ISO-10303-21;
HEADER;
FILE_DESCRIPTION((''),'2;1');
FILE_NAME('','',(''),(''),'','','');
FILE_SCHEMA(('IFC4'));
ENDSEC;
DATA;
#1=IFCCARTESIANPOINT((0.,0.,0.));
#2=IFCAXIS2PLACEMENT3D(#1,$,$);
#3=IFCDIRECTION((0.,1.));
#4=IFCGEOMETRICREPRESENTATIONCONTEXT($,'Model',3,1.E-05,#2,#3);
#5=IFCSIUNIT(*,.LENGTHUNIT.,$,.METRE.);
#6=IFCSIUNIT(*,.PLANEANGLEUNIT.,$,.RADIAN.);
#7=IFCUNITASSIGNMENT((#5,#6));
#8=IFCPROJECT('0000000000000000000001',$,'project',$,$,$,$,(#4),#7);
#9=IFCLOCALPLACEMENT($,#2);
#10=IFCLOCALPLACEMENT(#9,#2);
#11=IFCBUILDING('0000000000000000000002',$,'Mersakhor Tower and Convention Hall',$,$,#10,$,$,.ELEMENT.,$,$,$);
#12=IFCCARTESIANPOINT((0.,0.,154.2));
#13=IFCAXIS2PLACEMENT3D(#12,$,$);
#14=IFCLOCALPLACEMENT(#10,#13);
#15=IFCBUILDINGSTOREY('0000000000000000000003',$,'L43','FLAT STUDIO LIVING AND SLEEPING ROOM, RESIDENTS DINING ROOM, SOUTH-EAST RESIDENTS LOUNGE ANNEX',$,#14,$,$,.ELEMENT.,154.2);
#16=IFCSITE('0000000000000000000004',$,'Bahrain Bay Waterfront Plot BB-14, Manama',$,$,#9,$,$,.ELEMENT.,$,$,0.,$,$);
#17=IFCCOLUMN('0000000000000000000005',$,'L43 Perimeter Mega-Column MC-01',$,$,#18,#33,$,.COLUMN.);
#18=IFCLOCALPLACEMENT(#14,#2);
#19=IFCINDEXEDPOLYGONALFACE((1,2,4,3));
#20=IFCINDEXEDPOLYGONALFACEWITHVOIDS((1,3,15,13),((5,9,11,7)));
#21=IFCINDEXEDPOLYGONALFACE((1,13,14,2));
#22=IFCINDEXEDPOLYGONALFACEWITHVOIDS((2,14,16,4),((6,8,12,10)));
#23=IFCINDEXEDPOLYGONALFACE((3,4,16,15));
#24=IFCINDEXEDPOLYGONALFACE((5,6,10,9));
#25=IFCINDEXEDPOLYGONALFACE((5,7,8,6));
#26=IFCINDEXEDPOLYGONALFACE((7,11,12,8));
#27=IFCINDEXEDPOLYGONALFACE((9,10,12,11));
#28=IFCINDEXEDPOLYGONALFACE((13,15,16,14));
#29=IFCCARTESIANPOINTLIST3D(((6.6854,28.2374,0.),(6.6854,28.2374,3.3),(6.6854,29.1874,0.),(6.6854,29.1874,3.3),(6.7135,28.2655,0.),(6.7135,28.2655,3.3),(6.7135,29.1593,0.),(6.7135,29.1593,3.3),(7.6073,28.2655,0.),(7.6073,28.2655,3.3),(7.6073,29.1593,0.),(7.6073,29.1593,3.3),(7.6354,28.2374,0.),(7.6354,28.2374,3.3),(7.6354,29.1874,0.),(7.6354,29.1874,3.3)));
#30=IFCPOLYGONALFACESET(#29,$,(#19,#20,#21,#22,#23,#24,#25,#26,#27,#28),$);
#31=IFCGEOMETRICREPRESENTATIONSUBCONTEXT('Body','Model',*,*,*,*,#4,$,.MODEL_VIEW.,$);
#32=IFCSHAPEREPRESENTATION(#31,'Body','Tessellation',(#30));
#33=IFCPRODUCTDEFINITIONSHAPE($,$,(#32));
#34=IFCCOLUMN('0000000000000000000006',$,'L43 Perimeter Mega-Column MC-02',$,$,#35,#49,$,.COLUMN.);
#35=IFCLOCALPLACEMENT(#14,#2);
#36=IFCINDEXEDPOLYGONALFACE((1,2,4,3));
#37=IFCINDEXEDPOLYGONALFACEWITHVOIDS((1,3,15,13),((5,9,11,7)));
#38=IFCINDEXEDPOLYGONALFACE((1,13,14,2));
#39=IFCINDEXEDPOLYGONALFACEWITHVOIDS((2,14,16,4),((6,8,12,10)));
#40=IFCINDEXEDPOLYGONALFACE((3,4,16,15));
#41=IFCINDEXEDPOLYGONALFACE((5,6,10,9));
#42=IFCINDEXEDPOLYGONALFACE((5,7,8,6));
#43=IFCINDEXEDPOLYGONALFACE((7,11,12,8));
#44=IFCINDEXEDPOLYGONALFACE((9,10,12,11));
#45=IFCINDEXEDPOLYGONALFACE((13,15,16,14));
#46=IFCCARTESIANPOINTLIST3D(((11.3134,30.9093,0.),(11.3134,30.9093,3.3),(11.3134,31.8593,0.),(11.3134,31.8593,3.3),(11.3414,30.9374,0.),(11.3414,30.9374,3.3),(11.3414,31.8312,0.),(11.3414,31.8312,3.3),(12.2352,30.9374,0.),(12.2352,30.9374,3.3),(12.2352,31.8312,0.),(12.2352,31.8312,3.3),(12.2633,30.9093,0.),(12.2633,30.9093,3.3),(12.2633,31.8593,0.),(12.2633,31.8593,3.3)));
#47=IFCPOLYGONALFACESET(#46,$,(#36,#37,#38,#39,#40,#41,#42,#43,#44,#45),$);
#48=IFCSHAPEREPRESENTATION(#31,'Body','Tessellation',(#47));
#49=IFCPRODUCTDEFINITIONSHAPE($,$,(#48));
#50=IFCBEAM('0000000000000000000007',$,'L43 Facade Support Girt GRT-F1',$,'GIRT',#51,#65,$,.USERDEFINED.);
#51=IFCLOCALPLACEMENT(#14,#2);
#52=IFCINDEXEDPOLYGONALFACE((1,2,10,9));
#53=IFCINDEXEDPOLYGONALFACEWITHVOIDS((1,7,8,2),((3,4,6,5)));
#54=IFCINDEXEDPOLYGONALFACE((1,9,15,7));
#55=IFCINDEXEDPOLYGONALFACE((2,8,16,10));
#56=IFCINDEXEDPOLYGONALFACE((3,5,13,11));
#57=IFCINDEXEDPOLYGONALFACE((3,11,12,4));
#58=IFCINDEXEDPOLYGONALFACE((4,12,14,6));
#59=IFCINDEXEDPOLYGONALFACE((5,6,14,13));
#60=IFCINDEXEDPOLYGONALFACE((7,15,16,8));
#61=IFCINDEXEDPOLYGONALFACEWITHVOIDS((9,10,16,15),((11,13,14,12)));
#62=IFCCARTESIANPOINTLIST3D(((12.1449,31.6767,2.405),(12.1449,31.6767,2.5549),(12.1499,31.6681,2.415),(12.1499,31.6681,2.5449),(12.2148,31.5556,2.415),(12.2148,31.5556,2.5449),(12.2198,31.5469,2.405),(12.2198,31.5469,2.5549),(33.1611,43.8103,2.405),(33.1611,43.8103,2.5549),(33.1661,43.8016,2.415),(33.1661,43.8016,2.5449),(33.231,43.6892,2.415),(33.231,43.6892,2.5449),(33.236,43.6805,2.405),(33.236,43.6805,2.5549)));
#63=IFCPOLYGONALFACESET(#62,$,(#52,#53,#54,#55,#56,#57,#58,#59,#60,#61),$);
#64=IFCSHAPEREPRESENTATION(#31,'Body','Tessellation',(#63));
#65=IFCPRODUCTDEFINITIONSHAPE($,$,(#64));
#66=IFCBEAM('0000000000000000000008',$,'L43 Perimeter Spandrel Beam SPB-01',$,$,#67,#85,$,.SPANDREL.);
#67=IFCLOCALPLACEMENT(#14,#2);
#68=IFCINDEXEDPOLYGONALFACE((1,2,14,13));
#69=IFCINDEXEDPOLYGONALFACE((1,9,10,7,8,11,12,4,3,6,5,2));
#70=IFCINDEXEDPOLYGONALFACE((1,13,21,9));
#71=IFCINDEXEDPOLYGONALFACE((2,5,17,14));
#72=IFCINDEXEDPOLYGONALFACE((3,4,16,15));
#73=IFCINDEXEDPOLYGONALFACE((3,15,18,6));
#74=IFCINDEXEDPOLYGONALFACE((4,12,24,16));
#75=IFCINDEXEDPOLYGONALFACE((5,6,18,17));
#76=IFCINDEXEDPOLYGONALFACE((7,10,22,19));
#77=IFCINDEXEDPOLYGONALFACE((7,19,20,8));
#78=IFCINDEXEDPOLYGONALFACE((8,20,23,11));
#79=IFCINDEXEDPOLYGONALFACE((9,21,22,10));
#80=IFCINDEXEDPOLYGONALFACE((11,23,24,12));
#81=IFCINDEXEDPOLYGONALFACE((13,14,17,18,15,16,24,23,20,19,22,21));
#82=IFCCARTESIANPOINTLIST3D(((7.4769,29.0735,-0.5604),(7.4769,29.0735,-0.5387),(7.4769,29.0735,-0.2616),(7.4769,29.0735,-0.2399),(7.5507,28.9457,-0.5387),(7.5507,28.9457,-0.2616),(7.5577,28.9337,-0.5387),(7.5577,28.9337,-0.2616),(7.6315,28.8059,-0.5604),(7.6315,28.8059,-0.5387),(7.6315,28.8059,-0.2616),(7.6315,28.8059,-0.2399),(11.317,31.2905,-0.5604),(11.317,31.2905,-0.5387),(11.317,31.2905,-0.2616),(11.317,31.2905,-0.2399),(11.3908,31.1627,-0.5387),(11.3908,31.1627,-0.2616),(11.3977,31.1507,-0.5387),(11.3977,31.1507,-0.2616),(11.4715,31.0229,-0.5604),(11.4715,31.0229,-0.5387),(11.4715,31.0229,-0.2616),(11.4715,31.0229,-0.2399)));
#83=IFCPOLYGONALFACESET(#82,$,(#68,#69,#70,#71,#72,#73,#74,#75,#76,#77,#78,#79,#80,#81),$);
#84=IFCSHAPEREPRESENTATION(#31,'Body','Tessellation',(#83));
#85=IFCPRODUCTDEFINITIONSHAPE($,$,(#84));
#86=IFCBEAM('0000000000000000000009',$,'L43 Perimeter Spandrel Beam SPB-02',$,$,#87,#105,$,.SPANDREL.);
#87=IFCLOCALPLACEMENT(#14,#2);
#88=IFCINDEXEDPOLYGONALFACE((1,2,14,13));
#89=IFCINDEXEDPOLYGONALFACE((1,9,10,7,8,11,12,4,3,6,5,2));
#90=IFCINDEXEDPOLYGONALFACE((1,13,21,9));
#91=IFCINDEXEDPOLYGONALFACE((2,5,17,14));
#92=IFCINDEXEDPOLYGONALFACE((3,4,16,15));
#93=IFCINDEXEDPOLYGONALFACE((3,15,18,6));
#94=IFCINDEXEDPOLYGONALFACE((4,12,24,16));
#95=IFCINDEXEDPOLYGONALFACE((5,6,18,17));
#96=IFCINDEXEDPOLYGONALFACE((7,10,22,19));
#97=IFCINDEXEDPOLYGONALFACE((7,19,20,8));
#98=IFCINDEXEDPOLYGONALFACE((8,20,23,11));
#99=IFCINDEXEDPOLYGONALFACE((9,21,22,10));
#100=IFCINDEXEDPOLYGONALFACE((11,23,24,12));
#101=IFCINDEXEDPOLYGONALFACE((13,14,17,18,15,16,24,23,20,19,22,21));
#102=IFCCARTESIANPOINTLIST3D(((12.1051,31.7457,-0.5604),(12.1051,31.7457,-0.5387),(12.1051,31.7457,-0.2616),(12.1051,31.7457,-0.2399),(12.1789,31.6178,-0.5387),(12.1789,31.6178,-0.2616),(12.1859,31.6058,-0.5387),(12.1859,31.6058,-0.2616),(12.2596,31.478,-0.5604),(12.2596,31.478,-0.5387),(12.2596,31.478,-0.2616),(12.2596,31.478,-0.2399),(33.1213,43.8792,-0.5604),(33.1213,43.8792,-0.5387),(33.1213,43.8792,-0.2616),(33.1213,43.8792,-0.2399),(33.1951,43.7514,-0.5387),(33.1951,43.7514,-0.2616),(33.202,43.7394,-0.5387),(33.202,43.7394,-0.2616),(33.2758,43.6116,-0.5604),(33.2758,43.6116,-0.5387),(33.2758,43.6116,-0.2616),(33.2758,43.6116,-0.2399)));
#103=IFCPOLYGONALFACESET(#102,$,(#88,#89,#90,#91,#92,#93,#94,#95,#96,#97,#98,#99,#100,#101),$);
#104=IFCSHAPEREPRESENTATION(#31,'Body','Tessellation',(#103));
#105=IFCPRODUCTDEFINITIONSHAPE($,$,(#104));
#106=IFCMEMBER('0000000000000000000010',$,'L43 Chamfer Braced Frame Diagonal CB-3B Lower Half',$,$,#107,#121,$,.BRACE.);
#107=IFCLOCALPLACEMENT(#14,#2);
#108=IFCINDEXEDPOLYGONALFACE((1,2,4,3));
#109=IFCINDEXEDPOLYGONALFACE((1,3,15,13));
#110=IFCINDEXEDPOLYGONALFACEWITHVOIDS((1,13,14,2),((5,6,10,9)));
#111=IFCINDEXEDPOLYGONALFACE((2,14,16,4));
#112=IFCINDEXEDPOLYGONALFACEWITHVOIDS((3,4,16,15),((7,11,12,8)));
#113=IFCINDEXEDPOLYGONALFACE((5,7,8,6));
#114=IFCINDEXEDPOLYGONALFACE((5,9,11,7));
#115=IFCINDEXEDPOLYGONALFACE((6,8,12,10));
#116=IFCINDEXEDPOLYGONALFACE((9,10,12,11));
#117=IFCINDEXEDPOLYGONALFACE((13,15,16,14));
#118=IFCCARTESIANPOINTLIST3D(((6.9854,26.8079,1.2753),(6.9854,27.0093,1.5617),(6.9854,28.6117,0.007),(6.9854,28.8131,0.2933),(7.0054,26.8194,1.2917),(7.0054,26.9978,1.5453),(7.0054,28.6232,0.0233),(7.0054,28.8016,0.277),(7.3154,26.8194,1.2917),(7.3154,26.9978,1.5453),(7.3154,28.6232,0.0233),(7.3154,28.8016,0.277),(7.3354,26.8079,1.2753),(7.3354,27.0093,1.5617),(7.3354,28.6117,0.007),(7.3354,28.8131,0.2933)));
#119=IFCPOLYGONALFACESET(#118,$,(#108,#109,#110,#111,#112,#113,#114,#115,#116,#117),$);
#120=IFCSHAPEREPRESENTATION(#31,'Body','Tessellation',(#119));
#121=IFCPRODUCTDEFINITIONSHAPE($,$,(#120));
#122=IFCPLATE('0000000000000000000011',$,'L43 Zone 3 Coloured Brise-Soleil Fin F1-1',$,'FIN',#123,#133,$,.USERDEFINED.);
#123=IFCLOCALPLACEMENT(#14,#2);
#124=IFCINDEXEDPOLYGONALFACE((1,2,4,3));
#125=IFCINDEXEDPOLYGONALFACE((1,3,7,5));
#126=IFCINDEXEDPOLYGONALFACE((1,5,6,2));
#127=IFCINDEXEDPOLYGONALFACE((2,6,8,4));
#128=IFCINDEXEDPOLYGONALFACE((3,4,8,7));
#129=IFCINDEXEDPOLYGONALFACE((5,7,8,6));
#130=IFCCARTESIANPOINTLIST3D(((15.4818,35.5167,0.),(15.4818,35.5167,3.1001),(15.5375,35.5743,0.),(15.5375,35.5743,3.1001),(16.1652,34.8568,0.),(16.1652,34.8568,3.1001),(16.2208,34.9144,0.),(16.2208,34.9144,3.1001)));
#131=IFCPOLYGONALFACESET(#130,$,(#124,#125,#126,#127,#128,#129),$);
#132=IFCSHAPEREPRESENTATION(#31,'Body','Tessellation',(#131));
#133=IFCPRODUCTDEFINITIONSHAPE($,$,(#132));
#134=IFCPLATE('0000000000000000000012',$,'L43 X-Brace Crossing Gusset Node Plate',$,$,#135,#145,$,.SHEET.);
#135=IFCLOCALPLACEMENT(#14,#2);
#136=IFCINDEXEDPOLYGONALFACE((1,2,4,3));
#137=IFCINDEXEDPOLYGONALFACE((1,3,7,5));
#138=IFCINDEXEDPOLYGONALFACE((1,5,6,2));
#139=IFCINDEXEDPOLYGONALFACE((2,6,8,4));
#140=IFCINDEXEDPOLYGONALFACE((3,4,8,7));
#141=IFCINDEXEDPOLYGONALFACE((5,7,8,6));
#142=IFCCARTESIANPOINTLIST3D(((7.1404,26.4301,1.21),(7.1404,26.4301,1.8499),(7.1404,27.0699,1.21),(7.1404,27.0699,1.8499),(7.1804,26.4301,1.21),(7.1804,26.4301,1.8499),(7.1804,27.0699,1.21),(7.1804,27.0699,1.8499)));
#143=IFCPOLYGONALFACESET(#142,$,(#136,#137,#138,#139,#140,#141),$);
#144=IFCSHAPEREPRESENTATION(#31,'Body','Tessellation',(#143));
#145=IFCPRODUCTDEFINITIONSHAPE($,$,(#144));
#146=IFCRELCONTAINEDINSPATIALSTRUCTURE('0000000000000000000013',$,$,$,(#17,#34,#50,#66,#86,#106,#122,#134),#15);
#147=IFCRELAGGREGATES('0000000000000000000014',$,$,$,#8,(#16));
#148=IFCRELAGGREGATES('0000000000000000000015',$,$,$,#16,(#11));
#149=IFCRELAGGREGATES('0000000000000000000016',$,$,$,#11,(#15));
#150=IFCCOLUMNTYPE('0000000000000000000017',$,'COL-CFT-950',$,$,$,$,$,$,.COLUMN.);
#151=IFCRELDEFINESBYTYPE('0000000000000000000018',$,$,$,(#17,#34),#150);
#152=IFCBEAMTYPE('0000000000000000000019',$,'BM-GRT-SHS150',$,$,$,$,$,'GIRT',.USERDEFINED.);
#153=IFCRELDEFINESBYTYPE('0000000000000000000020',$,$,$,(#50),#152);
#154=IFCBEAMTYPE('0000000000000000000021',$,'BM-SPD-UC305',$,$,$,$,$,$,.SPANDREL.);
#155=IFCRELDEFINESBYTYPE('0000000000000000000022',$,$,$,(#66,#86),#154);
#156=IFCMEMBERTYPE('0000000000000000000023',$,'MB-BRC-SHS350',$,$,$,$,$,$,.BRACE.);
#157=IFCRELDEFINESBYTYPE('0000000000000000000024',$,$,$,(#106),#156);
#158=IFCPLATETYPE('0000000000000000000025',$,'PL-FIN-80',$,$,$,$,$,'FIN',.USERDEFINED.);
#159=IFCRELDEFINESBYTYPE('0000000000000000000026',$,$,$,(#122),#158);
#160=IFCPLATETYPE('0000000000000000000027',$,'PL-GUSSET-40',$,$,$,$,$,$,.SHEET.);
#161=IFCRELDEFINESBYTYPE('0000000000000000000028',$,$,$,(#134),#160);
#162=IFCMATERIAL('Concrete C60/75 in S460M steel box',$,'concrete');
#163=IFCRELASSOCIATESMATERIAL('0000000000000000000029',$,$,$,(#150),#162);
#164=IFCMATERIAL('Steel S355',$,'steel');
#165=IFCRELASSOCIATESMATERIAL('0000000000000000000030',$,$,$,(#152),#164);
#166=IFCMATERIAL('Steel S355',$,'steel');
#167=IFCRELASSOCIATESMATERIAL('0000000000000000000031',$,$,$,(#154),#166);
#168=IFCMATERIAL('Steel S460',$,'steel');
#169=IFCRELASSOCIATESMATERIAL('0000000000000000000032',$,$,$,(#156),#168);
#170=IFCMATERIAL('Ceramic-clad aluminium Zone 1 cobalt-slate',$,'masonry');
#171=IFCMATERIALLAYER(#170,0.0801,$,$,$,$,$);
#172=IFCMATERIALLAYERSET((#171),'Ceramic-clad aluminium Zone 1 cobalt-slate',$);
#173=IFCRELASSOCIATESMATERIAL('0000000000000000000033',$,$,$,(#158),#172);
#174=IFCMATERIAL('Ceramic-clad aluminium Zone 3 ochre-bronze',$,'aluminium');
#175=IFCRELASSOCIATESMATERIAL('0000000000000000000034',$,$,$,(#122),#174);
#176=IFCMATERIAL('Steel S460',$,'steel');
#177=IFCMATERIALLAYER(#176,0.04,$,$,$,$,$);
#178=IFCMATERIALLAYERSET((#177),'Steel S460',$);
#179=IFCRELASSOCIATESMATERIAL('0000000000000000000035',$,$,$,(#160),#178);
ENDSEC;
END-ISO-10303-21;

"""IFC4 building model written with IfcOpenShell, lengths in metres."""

from ifc_helpers import new_model, si_unit, direction, frame, origin, origin_2d, place, context, subcontext, project, spatial, rectangle, hollow_rectangle, i_section, extrude, material, layer, layer_set, material_profile, profile_set, type_object, element, save


model = new_model("IFC4")

# Units and contexts
model_context = context("Model", 3, precision=1e-05, world=origin(), true_north=direction((0.0, 1.0)))
body_context = subcontext(model_context, "Body", "Model", "MODEL_VIEW")
ifc_project = project(units=[si_unit("LENGTHUNIT", "METRE"), si_unit("PLANEANGLEUNIT", "RADIAN")], contexts=[model_context])

# Site, building, storey
site_placement = place(None, origin())
site = spatial("IfcSite", under=ifc_project, at=site_placement, Name="Bahrain Bay Waterfront Plot BB-14, Manama", CompositionType="ELEMENT", RefElevation=0.0)
building_placement = place(site_placement, origin())
building = spatial("IfcBuilding", under=site, at=building_placement, Name="Mersakhor Tower and Convention Hall", CompositionType="ELEMENT")
storey_placement = place(building_placement, frame((0.0, 0.0, 154.2)))
storey = spatial("IfcBuildingStorey", under=building, at=storey_placement, Name="L43", Description="FLAT STUDIO LIVING AND SLEEPING ROOM, RESIDENTS DINING ROOM, SOUTH-EAST RESIDENTS LOUNGE ANNEX", CompositionType="ELEMENT", Elevation=154.2)

# Columns
ifc_material_1 = material(Name="Concrete C60/75 in S460M steel box", Category="concrete")
ifc_material_profile_1 = material_profile(ifc_material_1, hollow_rectangle(XDim=0.95, YDim=0.95, WallThickness=0.0281, at=origin_2d()), Name="SHS 950x950x28")
ifc_profile_set_1 = profile_set([ifc_material_profile_1], Name="Concrete C60/75 in S460M steel box")
column_type = type_object("IfcColumnType", Name="COL-CFT-950", PredefinedType="COLUMN", material=ifc_profile_set_1)
for number, where, z_axis, x_axis, name in (
    (1, (7.1604, 28.7124, 0.0), (0.0, 0.0, 1.0), (1.0, 0.0, 0.0), "L43 Perimeter Mega-Column MC-01"),
    (2, (11.7883, 31.3843, 0.0), (0.0, 0.0, 1.0), (1.0, 0.0, 0.0), "L43 Perimeter Mega-Column MC-02"),
):
    element("IfcColumn", number, at=place(storey_placement, frame(where, z_axis=z_axis, x_axis=x_axis)), inside=storey, type_object=column_type, Name=name, PredefinedType="COLUMN", context=body_context, shape_type="SweptSolid", body=[
        extrude(hollow_rectangle(XDim=0.95, YDim=0.95, WallThickness=0.0281, at=origin_2d()), origin(), (0.0, 0.0, 1.0), 3.3),
    ])

# Beams
ifc_material_2 = material(Name="Steel S355", Category="steel")
ifc_material_profile_2 = material_profile(ifc_material_2, hollow_rectangle(XDim=0.1499, YDim=0.1499, WallThickness=0.01, at=origin_2d()), Name="SHS 150x150x10")
ifc_profile_set_2 = profile_set([ifc_material_profile_2], Name="Steel S355")
beam_type_1 = type_object("IfcBeamType", Name="BM-GRT-SHS150", ElementType="GIRT", PredefinedType="USERDEFINED", material=ifc_profile_set_2)
beam_1_placement = place(storey_placement, frame((12.1824, 31.6118, 2.48), z_axis=(0.866027, 0.499996, 0.0), x_axis=(-0.499996, 0.866027, 0.0)))
element("IfcBeam", 3, at=beam_1_placement, inside=storey, type_object=beam_type_1, Name="L43 Facade Support Girt GRT-F1", ObjectType="GIRT", PredefinedType="USERDEFINED", context=body_context, shape_type="SweptSolid", body=[
    extrude(hollow_rectangle(XDim=0.1499, YDim=0.1499, WallThickness=0.01, at=origin_2d()), origin(), (0.0, 0.0, 1.0), 24.2673),
])
ifc_material_3 = material(Name="Steel S355", Category="steel")
ifc_material_profile_3 = material_profile(ifc_material_3, i_section(OverallWidth=0.3091, OverallDepth=0.3206, WebThickness=0.0139, FlangeThickness=0.0217, at=origin_2d()), Name="UC 305x305x137")
ifc_profile_set_3 = profile_set([ifc_material_profile_3], Name="Steel S355")
beam_type_2 = type_object("IfcBeamType", Name="BM-SPD-UC305", PredefinedType="SPANDREL", material=ifc_profile_set_3)
beam_2_placement = place(storey_placement, frame((7.5542, 28.9397, -0.4001), z_axis=(0.866029, 0.499994, 0.0), x_axis=(-0.499994, 0.866029, 0.0)))
element("IfcBeam", 4, at=beam_2_placement, inside=storey, type_object=beam_type_2, Name="L43 Perimeter Spandrel Beam SPB-01", PredefinedType="SPANDREL", context=body_context, shape_type="SweptSolid", body=[
    extrude(i_section(OverallWidth=0.3091, OverallDepth=0.3206, WebThickness=0.0139, FlangeThickness=0.0217, at=origin_2d()), origin(), (0.0, 0.0, 1.0), 4.4341),
])
beam_3_placement = place(storey_placement, frame((12.1824, 31.6118, -0.4001), z_axis=(0.866027, 0.499996, 0.0), x_axis=(-0.499996, 0.866027, 0.0)))
element("IfcBeam", 5, at=beam_3_placement, inside=storey, type_object=beam_type_2, Name="L43 Perimeter Spandrel Beam SPB-02", PredefinedType="SPANDREL", context=body_context, shape_type="SweptSolid", body=[
    extrude(i_section(OverallWidth=0.3091, OverallDepth=0.3206, WebThickness=0.0139, FlangeThickness=0.0217, at=origin_2d()), origin(), (0.0, 0.0, 1.0), 24.2673),
])

# Member
ifc_material_4 = material(Name="Steel S460", Category="steel")
ifc_material_profile_4 = material_profile(ifc_material_4, hollow_rectangle(XDim=0.3501, YDim=0.3501, WallThickness=0.02, at=origin_2d()), Name="SHS 350x350x20")
ifc_profile_set_4 = profile_set([ifc_material_profile_4], Name="Steel S460")
member_type = type_object("IfcMemberType", Name="MB-BRC-SHS350", PredefinedType="BRACE", material=ifc_profile_set_4)
member_placement = place(storey_placement, frame((7.1604, 28.7124, 0.1501), z_axis=(0.0, -0.818013, 0.5752), x_axis=(1.0, 0.0, 0.0)))
element("IfcMember", 6, at=member_placement, inside=storey, type_object=member_type, Name="L43 Chamfer Braced Frame Diagonal CB-3B Lower Half", PredefinedType="BRACE", context=body_context, shape_type="SweptSolid", body=[
    extrude(hollow_rectangle(XDim=0.3501, YDim=0.3501, WallThickness=0.02, at=origin_2d()), origin(), (0.0, 0.0, 1.0), 2.2051),
])

# Plates
ifc_material_5 = material(Name="Ceramic-clad aluminium Zone 3 ochre-bronze", Category="aluminium")
ifc_material_6 = material(Name="Ceramic-clad aluminium Zone 1 cobalt-slate", Category="masonry")
ifc_layer_1 = layer(ifc_material_6, 0.0801)
ifc_layer_set_1 = layer_set([ifc_layer_1], Name="Ceramic-clad aluminium Zone 1 cobalt-slate")
plate_type_1 = type_object("IfcPlateType", Name="PL-FIN-80", ElementType="FIN", PredefinedType="USERDEFINED", material=ifc_layer_set_1)
plate_1_placement = place(storey_placement, frame((15.8513, 35.2156, 0.0), z_axis=(0.0, 0.0, 1.0), x_axis=(-0.71934, 0.694658, 0.0)))
element("IfcPlate", 7, at=plate_1_placement, inside=storey, type_object=plate_type_1, material=ifc_material_5, Name="L43 Zone 3 Coloured Brise-Soleil Fin F1-1", ObjectType="FIN", PredefinedType="USERDEFINED", context=body_context, shape_type="SweptSolid", body=[
    extrude(rectangle(XDim=0.95, YDim=0.0801, at=origin_2d()), origin(), (0.0, 0.0, 1.0), 3.1001),
])
ifc_material_7 = material(Name="Steel S460", Category="steel")
ifc_layer_2 = layer(ifc_material_7, 0.04)
ifc_layer_set_2 = layer_set([ifc_layer_2], Name="Steel S460")
plate_type_2 = type_object("IfcPlateType", Name="PL-GUSSET-40", PredefinedType="SHEET", material=ifc_layer_set_2)
plate_2_placement = place(storey_placement, frame((7.1604, 26.75, 1.21), z_axis=(0.0, 0.0, 1.0), x_axis=(0.0, -1.0, 0.0)))
element("IfcPlate", 8, at=plate_2_placement, inside=storey, type_object=plate_type_2, Name="L43 X-Brace Crossing Gusset Node Plate", PredefinedType="SHEET", context=body_context, shape_type="SweptSolid", body=[
    extrude(rectangle(XDim=0.6399, YDim=0.04, at=origin_2d()), origin(), (0.0, 0.0, 1.0), 0.6399),
])

save(model, "model.ifc")
